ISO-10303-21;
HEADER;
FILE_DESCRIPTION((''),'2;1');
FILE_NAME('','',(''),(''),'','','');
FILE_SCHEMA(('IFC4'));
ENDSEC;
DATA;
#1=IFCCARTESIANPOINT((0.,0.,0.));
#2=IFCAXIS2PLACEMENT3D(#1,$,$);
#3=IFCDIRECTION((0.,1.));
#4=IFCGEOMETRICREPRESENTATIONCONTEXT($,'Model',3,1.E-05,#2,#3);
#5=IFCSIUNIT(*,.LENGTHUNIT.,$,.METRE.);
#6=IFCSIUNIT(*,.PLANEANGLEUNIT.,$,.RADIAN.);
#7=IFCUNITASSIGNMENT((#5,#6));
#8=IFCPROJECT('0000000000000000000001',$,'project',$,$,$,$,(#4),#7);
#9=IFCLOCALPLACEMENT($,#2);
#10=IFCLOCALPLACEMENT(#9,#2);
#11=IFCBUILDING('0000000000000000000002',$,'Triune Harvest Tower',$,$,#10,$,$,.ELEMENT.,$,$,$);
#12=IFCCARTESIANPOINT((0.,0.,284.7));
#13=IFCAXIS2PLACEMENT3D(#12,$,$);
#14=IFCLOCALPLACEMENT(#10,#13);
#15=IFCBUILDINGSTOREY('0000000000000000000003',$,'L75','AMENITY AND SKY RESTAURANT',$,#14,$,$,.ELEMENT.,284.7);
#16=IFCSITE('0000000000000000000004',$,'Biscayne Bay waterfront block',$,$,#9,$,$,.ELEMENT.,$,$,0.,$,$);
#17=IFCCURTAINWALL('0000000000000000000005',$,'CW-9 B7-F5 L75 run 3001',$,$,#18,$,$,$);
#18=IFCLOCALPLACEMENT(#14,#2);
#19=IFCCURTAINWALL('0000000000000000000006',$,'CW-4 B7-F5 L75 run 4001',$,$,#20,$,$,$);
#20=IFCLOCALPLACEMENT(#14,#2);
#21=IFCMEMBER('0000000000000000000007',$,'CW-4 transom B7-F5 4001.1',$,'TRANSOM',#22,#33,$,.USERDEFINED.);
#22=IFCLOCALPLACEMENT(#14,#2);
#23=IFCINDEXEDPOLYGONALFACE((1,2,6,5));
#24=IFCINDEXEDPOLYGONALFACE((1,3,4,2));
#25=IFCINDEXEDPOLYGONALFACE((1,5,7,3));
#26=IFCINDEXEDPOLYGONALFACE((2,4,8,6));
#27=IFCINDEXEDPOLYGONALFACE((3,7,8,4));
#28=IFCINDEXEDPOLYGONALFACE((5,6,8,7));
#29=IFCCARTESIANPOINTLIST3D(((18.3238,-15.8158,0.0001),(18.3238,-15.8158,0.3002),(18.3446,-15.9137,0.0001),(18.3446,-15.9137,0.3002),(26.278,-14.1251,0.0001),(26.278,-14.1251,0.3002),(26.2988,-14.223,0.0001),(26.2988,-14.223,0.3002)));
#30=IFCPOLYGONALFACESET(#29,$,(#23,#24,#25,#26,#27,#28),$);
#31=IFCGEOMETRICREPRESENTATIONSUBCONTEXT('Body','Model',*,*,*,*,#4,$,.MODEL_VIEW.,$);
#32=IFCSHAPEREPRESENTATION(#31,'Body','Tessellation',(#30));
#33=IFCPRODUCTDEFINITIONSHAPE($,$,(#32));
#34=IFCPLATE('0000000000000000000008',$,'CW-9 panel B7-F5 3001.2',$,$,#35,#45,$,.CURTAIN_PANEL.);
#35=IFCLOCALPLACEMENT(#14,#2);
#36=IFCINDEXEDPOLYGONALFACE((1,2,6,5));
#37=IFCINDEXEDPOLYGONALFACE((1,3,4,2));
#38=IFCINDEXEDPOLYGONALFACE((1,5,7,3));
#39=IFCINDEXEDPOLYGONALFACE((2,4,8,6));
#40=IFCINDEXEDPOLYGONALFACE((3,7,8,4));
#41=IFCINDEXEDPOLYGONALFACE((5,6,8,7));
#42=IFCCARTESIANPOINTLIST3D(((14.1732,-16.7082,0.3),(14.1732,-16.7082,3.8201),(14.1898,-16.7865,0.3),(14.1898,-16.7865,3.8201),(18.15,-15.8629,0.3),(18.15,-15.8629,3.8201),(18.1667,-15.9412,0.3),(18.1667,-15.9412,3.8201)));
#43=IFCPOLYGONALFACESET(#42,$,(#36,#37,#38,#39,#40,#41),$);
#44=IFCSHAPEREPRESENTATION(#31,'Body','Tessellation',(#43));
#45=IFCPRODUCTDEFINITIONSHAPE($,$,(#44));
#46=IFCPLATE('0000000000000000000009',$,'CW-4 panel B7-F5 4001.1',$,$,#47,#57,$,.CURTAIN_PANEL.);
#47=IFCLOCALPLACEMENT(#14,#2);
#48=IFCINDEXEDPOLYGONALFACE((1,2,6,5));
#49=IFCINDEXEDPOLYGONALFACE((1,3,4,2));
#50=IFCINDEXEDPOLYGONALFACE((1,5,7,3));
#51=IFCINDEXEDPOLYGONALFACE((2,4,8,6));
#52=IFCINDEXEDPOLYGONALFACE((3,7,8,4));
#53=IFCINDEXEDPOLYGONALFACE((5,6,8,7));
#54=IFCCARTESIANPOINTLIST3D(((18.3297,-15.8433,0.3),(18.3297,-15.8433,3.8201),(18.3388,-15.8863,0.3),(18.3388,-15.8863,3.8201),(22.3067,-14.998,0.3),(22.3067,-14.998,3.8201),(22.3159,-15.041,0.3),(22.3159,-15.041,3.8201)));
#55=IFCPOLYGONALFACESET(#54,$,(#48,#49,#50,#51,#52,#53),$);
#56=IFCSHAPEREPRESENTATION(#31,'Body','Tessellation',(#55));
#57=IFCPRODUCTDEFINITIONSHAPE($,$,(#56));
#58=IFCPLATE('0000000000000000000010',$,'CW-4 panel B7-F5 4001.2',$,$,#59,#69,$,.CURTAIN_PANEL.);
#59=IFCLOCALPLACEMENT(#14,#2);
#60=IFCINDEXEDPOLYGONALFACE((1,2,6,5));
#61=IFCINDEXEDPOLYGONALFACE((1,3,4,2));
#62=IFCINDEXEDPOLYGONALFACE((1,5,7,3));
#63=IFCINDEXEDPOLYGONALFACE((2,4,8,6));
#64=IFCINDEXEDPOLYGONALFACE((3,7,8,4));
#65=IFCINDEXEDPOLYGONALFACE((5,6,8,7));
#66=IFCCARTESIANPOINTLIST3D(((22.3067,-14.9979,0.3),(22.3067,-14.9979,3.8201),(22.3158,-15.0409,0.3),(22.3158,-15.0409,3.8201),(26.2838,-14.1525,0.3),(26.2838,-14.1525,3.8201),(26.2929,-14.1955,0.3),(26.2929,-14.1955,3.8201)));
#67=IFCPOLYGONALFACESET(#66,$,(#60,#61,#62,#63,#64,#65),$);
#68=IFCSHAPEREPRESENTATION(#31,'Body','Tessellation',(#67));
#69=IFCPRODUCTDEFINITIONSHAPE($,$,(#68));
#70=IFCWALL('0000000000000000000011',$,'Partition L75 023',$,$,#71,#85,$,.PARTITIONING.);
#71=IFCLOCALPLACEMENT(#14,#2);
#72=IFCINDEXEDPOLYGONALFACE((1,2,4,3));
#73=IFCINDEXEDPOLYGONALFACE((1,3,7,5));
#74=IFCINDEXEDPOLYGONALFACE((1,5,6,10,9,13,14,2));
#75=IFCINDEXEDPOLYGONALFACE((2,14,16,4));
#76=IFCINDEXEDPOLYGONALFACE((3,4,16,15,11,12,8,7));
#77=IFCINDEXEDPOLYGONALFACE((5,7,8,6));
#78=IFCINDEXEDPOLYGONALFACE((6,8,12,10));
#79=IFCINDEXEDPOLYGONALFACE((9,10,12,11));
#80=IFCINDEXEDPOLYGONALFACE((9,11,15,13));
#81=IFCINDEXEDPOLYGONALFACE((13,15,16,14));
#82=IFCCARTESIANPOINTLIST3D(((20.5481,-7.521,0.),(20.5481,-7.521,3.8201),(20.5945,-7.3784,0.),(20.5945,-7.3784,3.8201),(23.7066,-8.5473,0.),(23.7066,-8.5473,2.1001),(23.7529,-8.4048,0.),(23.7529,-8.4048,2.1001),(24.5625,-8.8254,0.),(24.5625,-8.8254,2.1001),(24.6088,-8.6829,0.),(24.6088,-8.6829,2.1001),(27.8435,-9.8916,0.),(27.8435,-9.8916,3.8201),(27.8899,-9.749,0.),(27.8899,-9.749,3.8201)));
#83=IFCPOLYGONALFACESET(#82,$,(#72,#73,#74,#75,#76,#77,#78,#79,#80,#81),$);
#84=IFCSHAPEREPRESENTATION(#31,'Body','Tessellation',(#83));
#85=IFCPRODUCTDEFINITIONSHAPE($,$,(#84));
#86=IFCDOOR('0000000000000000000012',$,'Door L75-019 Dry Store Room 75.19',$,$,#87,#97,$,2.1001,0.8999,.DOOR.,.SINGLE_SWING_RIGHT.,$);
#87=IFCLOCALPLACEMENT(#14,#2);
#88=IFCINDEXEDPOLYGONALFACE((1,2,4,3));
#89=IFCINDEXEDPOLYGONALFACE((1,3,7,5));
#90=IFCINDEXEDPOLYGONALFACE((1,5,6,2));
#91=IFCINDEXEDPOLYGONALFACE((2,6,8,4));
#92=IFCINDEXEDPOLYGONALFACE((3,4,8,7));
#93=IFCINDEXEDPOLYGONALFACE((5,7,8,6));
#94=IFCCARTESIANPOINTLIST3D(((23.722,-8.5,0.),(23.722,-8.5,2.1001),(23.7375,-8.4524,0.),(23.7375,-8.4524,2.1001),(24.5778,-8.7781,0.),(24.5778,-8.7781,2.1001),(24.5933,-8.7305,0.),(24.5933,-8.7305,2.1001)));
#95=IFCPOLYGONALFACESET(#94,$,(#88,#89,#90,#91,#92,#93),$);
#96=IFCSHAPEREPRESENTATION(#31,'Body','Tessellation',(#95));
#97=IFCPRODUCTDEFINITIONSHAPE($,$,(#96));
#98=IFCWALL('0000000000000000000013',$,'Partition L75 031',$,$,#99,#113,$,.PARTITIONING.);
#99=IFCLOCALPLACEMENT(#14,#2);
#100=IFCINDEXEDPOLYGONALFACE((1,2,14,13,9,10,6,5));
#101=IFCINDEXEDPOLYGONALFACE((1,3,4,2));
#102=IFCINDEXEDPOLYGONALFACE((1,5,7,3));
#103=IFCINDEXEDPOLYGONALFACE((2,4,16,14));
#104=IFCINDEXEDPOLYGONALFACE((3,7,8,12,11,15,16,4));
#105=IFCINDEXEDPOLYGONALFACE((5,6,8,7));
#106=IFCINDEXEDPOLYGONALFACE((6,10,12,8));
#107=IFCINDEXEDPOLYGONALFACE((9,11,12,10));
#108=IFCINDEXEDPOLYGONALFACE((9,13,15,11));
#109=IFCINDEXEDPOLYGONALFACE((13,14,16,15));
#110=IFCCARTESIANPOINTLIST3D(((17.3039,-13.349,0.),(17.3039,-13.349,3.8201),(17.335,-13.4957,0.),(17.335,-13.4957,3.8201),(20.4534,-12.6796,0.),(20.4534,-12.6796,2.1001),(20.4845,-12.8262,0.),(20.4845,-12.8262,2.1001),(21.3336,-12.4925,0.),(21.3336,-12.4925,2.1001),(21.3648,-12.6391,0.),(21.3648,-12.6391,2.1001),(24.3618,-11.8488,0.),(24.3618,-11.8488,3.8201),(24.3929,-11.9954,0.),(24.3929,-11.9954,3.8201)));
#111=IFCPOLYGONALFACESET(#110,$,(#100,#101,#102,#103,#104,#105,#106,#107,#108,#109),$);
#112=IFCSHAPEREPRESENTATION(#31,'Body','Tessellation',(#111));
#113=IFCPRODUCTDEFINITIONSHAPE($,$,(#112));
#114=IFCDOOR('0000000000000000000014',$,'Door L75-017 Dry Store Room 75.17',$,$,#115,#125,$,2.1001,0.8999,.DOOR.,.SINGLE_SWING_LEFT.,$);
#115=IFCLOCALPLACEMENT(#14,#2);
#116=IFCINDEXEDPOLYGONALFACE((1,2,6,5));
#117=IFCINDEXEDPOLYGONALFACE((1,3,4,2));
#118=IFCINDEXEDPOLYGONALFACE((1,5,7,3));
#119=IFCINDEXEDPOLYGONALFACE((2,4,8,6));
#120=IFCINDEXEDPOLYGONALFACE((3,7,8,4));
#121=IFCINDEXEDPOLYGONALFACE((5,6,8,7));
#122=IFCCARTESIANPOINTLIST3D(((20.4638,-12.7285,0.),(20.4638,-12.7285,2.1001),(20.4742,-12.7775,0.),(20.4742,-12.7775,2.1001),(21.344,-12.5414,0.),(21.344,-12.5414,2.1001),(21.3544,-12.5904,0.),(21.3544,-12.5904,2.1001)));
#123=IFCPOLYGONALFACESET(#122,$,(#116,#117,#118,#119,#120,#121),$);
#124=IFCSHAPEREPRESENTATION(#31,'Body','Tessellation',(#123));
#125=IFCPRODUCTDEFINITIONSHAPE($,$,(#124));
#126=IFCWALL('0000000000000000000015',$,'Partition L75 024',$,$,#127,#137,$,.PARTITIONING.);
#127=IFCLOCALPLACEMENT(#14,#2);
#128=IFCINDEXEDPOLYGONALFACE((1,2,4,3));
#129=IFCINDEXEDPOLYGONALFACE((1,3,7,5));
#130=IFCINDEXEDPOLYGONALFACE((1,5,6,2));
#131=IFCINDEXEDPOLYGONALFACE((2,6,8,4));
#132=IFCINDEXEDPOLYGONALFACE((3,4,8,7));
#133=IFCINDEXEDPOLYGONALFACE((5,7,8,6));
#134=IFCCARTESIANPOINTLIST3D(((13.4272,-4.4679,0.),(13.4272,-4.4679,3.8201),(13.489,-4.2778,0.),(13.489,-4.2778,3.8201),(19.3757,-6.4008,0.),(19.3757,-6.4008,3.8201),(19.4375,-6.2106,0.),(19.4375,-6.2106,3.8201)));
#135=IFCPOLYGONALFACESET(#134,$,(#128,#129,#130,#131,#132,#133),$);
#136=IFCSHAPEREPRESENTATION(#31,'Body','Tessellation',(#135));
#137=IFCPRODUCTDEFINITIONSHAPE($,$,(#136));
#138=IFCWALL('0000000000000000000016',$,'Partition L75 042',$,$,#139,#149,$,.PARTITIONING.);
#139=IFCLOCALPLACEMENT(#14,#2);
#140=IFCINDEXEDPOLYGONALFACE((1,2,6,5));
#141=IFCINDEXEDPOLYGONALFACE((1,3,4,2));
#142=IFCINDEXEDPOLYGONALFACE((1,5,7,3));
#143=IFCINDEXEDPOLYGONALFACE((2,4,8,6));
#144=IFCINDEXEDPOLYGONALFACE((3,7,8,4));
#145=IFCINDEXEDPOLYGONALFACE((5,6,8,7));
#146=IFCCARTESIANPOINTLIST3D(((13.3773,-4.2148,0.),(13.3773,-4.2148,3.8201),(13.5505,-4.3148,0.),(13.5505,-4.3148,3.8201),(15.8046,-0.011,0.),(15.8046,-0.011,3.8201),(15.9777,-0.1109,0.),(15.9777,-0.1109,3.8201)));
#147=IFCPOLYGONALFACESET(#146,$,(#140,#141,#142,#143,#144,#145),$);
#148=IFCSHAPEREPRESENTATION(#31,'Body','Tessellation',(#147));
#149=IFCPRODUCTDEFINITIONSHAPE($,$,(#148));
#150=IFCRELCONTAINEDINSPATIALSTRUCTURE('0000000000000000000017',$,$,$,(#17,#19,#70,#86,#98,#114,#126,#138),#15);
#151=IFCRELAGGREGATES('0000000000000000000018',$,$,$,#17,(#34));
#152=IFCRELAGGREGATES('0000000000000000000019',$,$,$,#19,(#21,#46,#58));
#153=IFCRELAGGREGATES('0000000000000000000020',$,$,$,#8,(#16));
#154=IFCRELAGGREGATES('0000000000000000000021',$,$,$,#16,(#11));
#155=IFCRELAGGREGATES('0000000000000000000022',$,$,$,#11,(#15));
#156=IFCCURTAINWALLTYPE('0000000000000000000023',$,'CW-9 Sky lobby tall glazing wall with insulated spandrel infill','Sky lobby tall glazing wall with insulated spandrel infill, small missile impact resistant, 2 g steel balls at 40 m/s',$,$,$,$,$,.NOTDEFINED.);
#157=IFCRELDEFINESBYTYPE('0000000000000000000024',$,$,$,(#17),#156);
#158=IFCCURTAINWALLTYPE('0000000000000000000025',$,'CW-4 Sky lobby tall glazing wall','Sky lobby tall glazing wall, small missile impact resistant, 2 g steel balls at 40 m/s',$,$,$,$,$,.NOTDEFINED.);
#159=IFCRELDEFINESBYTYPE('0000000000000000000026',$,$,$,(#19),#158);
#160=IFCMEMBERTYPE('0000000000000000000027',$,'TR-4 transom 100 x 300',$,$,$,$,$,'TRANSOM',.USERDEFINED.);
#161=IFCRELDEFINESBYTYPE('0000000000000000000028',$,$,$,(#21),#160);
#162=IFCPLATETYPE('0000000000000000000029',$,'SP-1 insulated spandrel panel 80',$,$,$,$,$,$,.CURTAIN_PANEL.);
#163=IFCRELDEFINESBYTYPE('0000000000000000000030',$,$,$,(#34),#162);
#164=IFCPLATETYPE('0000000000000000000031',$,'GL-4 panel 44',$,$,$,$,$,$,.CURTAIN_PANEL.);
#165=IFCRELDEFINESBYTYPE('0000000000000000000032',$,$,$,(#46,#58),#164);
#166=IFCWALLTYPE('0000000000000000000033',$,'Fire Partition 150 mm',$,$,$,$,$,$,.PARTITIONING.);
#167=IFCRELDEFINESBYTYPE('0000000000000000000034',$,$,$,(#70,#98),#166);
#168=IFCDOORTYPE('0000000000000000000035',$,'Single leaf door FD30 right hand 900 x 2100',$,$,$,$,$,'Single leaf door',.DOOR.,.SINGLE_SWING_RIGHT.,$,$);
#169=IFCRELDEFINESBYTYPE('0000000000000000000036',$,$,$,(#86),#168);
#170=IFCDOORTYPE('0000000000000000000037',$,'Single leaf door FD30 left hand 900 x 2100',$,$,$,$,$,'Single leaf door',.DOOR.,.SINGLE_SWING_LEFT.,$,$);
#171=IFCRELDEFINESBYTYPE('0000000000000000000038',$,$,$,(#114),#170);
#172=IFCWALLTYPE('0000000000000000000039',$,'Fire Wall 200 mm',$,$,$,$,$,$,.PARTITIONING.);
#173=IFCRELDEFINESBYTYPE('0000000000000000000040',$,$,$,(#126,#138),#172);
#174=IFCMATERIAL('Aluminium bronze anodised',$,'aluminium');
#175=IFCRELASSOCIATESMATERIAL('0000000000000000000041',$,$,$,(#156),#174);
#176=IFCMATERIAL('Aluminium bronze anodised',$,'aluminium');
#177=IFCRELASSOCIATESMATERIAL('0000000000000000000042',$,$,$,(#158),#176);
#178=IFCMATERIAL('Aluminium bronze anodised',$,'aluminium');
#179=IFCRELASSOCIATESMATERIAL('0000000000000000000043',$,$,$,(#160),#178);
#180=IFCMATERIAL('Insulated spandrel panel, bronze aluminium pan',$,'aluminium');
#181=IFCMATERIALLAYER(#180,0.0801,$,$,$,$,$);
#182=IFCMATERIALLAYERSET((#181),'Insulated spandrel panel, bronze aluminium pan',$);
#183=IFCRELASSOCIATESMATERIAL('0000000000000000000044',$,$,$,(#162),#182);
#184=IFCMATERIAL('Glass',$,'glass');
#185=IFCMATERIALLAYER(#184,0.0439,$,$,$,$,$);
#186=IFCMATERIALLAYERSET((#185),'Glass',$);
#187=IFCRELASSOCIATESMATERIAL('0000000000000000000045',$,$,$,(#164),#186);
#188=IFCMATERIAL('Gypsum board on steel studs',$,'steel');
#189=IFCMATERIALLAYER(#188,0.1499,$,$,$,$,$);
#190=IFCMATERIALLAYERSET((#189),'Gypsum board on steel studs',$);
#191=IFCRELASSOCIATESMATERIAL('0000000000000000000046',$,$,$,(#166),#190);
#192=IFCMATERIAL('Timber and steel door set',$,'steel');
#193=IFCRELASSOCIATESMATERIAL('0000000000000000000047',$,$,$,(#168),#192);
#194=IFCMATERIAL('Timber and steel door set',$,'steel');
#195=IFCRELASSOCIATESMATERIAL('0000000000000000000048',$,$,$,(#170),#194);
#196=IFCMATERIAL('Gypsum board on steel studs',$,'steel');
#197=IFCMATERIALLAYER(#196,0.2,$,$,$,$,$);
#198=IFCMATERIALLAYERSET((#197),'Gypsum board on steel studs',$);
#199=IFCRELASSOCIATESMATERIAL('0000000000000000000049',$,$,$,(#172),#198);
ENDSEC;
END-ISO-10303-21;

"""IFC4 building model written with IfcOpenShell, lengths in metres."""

from ifc_helpers import new_model, si_unit, direction, frame, frame_2d, origin, origin_2d, place, context, subcontext, project, spatial, rectangle, extrude, source, transform, mapped, material, layer, layer_set, material_profile, profile_set, type_object, element, fill, aggregate, save


model = new_model("IFC4")

# Units and contexts
model_context = context("Model", 3, precision=1e-05, world=origin(), true_north=direction((0.0, 1.0)))
body_context = subcontext(model_context, "Body", "Model", "MODEL_VIEW")
ifc_project = project(units=[si_unit("LENGTHUNIT", "METRE"), si_unit("PLANEANGLEUNIT", "RADIAN")], contexts=[model_context])

# Site, building, storey
site_placement = place(None, origin())
site = spatial("IfcSite", under=ifc_project, at=site_placement, Name="Biscayne Bay waterfront block", CompositionType="ELEMENT", RefElevation=0.0)
building_placement = place(site_placement, origin())
building = spatial("IfcBuilding", under=site, at=building_placement, Name="Triune Harvest Tower", CompositionType="ELEMENT")
storey_placement = place(building_placement, frame((0.0, 0.0, 284.7)))
storey = spatial("IfcBuildingStorey", under=building, at=storey_placement, Name="L75", Description="AMENITY AND SKY RESTAURANT", CompositionType="ELEMENT", Elevation=284.7)

# Curtain wall
ifc_material_1 = material(Name="Aluminium bronze anodised", Category="aluminium")
curtain_wall_type_1 = type_object("IfcCurtainWallType", Name="CW-9 Sky lobby tall glazing wall with insulated spandrel infill", Description="Sky lobby tall glazing wall with insulated spandrel infill, small missile impact resistant, 2 g steel balls at 40 m/s", PredefinedType="NOTDEFINED", material=ifc_material_1)
curtain_wall_1_placement = place(storey_placement, origin())
curtain_wall_1 = element("IfcCurtainWall", 1, at=curtain_wall_1_placement, inside=storey, type_object=curtain_wall_type_1, Name="CW-9 B7-F5 L75 run 3001")

# Curtain wall, member
ifc_material_2 = material(Name="Aluminium bronze anodised", Category="aluminium")
curtain_wall_type_2 = type_object("IfcCurtainWallType", Name="CW-4 Sky lobby tall glazing wall", Description="Sky lobby tall glazing wall, small missile impact resistant, 2 g steel balls at 40 m/s", PredefinedType="NOTDEFINED", material=ifc_material_2)
curtain_wall_2_placement = place(storey_placement, origin())
curtain_wall_2 = element("IfcCurtainWall", 2, at=curtain_wall_2_placement, inside=storey, type_object=curtain_wall_type_2, Name="CW-4 B7-F5 L75 run 4001")
ifc_material_3 = material(Name="Aluminium bronze anodised", Category="aluminium")
ifc_material_profile_1 = material_profile(ifc_material_3, rectangle(XDim=0.1001, YDim=0.3, at=origin_2d()), Name="TR-4 transom 100 x 300")
ifc_profile_set_1 = profile_set([ifc_material_profile_1], Name="Aluminium bronze anodised")
member_type_1 = type_object("IfcMemberType", Name="TR-4 transom 100 x 300", ElementType="TRANSOM", PredefinedType="USERDEFINED", material=ifc_profile_set_1)
shared_shape_1 = source(origin(), body_context, "Body", "SweptSolid", [
    extrude(rectangle(XDim=0.1001, YDim=0.3, at=origin_2d()), origin(), (0.0, 0.0, 1.0), 8.1318),
])
member_1_placement = place(storey_placement, frame((18.3342, -15.8647, 0.1501), z_axis=(0.978148, 0.207909, 0.0), x_axis=(-0.207909, 0.978148, 0.0)))
member_1 = element("IfcMember", 3, at=member_1_placement, type_object=member_type_1, Name="CW-4 transom B7-F5 4001.1", ObjectType="TRANSOM", PredefinedType="USERDEFINED", context=body_context, shape_type="MappedRepresentation", body=[
    mapped(shared_shape_1, transform((0.0, 0.0, 0.0), scale=1.0)),
])

# Plates
ifc_material_4 = material(Name="Insulated spandrel panel, bronze aluminium pan", Category="aluminium")
ifc_layer_1 = layer(ifc_material_4, 0.0801)
ifc_layer_set_1 = layer_set([ifc_layer_1], Name="Insulated spandrel panel, bronze aluminium pan")
plate_type_1 = type_object("IfcPlateType", Name="SP-1 insulated spandrel panel 80", PredefinedType="CURTAIN_PANEL", material=ifc_layer_set_1)
shared_shape_2 = source(origin(), body_context, "Body", "SweptSolid", [
    extrude(rectangle(XDim=4.0657, YDim=0.0801, at=origin_2d()), origin(), (0.0, 0.0, 1.0), 3.52),
])
plate_1_placement = place(storey_placement, frame((16.1699, -16.3247, 0.3), z_axis=(0.0, 0.0, 1.0), x_axis=(0.978149, 0.207904, 0.0)))
plate_1 = element("IfcPlate", 4, at=plate_1_placement, type_object=plate_type_1, Name="CW-9 panel B7-F5 3001.2", PredefinedType="CURTAIN_PANEL", context=body_context, shape_type="MappedRepresentation", body=[
    mapped(shared_shape_2, transform((0.0, 0.0, 0.0), scale=1.0)),
])
aggregate(curtain_wall_1, [plate_1])
ifc_material_5 = material(Name="Glass", Category="glass")
ifc_layer_2 = layer(ifc_material_5, 0.0439)
ifc_layer_set_2 = layer_set([ifc_layer_2], Name="Glass")
plate_type_2 = type_object("IfcPlateType", Name="GL-4 panel 44", PredefinedType="CURTAIN_PANEL", material=ifc_layer_set_2)
shared_shape_3 = source(origin(), body_context, "Body", "SweptSolid", [
    extrude(rectangle(XDim=4.0659, YDim=0.0439, at=origin_2d()), origin(), (0.0, 0.0, 1.0), 3.52),
])
plate_2_placement = place(storey_placement, frame((20.3228, -15.4421, 0.3), z_axis=(0.0, 0.0, 1.0), x_axis=(0.978147, 0.207913, 0.0)))
plate_2 = element("IfcPlate", 5, at=plate_2_placement, type_object=plate_type_2, Name="CW-4 panel B7-F5 4001.1", PredefinedType="CURTAIN_PANEL", context=body_context, shape_type="MappedRepresentation", body=[
    mapped(shared_shape_3, transform((0.0, 0.0, 0.0), scale=1.0)),
])
plate_3_placement = place(storey_placement, frame((24.2998, -14.5967, 0.3), z_axis=(0.0, 0.0, 1.0), x_axis=(0.978147, 0.207913, 0.0)))
plate_3 = element("IfcPlate", 6, at=plate_3_placement, type_object=plate_type_2, Name="CW-4 panel B7-F5 4001.2", PredefinedType="CURTAIN_PANEL", context=body_context, shape_type="MappedRepresentation", body=[
    mapped(shared_shape_3, transform((0.0, 0.0, 0.0), scale=1.0)),
])
aggregate(curtain_wall_2, [member_1, plate_2, plate_3])

# Walls, openings, doors
ifc_material_6 = material(Name="Gypsum board on steel studs", Category="steel")
ifc_layer_3 = layer(ifc_material_6, 0.1499)
ifc_layer_set_3 = layer_set([ifc_layer_3], Name="Gypsum board on steel studs")
wall_type_1 = type_object("IfcWallType", Name="Fire Partition 150 mm", PredefinedType="PARTITIONING", material=ifc_layer_set_3)
wall_1_placement = place(storey_placement, frame((20.5713, -7.4497, 0.0), z_axis=(0.0, 0.0, 1.0), x_axis=(0.95105, -0.309039, 0.0)))
wall_1 = element("IfcWall", 7, at=wall_1_placement, inside=storey, type_object=wall_type_1, Name="Partition L75 023", PredefinedType="PARTITIONING", context=body_context, shape_type="SweptSolid", body=[
    extrude(rectangle(XDim=7.6709, YDim=0.1499, at=frame_2d((3.8354, 0.0))), origin(), (0.0, 0.0, 1.0), 3.8201),
])
opening_1_placement = place(wall_1_placement, frame((3.321, 0.0, 0.0)))
opening_1 = element("IfcOpeningElement", 8, at=opening_1_placement, cuts=wall_1, PredefinedType="OPENING", context=body_context, shape_type="SweptSolid", body=[
    extrude(rectangle(XDim=0.8999, YDim=2.1001, at=frame_2d((0.45, 1.05))), frame((0.0, 0.085, 0.0), z_axis=(0.0, -1.0, 0.0), x_axis=(1.0, 0.0, 0.0)), (0.0, 0.0, 1.0), 0.1699),
])
ifc_material_7 = material(Name="Timber and steel door set", Category="steel")
door_type_1 = type_object("IfcDoorType", Name="Single leaf door FD30 right hand 900 x 2100", ElementType="Single leaf door", OperationType="SINGLE_SWING_RIGHT", PredefinedType="DOOR", material=ifc_material_7)
door_1_placement = place(opening_1_placement, origin())
door_1 = element("IfcDoor", 9, at=door_1_placement, inside=storey, type_object=door_type_1, Name="Door L75-019 Dry Store Room 75.19", OperationType="SINGLE_SWING_RIGHT", OverallHeight=2.1001, OverallWidth=0.8999, PredefinedType="DOOR", context=body_context, shape_type="SweptSolid", body=[
    extrude(rectangle(XDim=0.8999, YDim=2.1001, at=frame_2d((0.45, 1.05))), frame((0.0, 0.0249, 0.0), z_axis=(0.0, -1.0, 0.0), x_axis=(1.0, 0.0, 0.0)), (0.0, 0.0, 1.0), 0.05),
])
fill(opening_1, door_1)
wall_2_placement = place(storey_placement, frame((17.3193, -13.4224, 0.0), z_axis=(0.0, 0.0, 1.0), x_axis=(0.978146, 0.207918, 0.0)))
wall_2 = element("IfcWall", 10, at=wall_2_placement, inside=storey, type_object=wall_type_1, Name="Partition L75 031", PredefinedType="PARTITIONING", context=body_context, shape_type="SweptSolid", body=[
    extrude(rectangle(XDim=7.2156, YDim=0.1499, at=frame_2d((3.6079, 0.0))), origin(), (0.0, 0.0, 1.0), 3.8201),
])
opening_2_placement = place(wall_2_placement, frame((3.22, 0.0, 0.0)))
opening_2 = element("IfcOpeningElement", 11, at=opening_2_placement, cuts=wall_2, PredefinedType="OPENING", context=body_context, shape_type="SweptSolid", body=[
    extrude(rectangle(XDim=0.8999, YDim=2.1001, at=frame_2d((0.45, 1.05))), frame((0.0, 0.085, 0.0), z_axis=(0.0, -1.0, 0.0), x_axis=(1.0, 0.0, 0.0)), (0.0, 0.0, 1.0), 0.1699),
])
ifc_material_8 = material(Name="Timber and steel door set", Category="steel")
door_type_2 = type_object("IfcDoorType", Name="Single leaf door FD30 left hand 900 x 2100", ElementType="Single leaf door", OperationType="SINGLE_SWING_LEFT", PredefinedType="DOOR", material=ifc_material_8)
door_2_placement = place(opening_2_placement, origin())
door_2 = element("IfcDoor", 12, at=door_2_placement, inside=storey, type_object=door_type_2, Name="Door L75-017 Dry Store Room 75.17", OperationType="SINGLE_SWING_LEFT", OverallHeight=2.1001, OverallWidth=0.8999, PredefinedType="DOOR", context=body_context, shape_type="SweptSolid", body=[
    extrude(rectangle(XDim=0.8999, YDim=2.1001, at=frame_2d((0.45, 1.05))), frame((0.0, 0.0249, 0.0), z_axis=(0.0, -1.0, 0.0), x_axis=(1.0, 0.0, 0.0)), (0.0, 0.0, 1.0), 0.05),
])
fill(opening_2, door_2)

# Walls
ifc_material_9 = material(Name="Gypsum board on steel studs", Category="steel")
ifc_layer_4 = layer(ifc_material_9, 0.2)
ifc_layer_set_4 = layer_set([ifc_layer_4], Name="Gypsum board on steel studs")
wall_type_2 = type_object("IfcWallType", Name="Fire Wall 200 mm", PredefinedType="PARTITIONING", material=ifc_layer_set_4)
wall_3_placement = place(storey_placement, frame((13.458, -4.3728, 0.0), z_axis=(0.0, 0.0, 1.0), x_axis=(0.951053, -0.309029, 0.0)))
element("IfcWall", 13, at=wall_3_placement, inside=storey, type_object=wall_type_2, Name="Partition L75 024", PredefinedType="PARTITIONING", context=body_context, shape_type="SweptSolid", body=[
    extrude(rectangle(XDim=6.2546, YDim=0.2, at=frame_2d((3.1274, 0.0))), origin(), (0.0, 0.0, 1.0), 3.8201),
])
wall_4_placement = place(storey_placement, frame((13.4639, -4.2649, 0.0), z_axis=(0.0, 0.0, 1.0), x_axis=(0.500023, 0.866012, 0.0)))
element("IfcWall", 14, at=wall_4_placement, inside=storey, type_object=wall_type_2, Name="Partition L75 042", PredefinedType="PARTITIONING", context=body_context, shape_type="SweptSolid", body=[
    extrude(rectangle(XDim=4.8542, YDim=0.2, at=frame_2d((2.4272, 0.0))), origin(), (0.0, 0.0, 1.0), 3.8201),
])

save(model, "model.ifc")
